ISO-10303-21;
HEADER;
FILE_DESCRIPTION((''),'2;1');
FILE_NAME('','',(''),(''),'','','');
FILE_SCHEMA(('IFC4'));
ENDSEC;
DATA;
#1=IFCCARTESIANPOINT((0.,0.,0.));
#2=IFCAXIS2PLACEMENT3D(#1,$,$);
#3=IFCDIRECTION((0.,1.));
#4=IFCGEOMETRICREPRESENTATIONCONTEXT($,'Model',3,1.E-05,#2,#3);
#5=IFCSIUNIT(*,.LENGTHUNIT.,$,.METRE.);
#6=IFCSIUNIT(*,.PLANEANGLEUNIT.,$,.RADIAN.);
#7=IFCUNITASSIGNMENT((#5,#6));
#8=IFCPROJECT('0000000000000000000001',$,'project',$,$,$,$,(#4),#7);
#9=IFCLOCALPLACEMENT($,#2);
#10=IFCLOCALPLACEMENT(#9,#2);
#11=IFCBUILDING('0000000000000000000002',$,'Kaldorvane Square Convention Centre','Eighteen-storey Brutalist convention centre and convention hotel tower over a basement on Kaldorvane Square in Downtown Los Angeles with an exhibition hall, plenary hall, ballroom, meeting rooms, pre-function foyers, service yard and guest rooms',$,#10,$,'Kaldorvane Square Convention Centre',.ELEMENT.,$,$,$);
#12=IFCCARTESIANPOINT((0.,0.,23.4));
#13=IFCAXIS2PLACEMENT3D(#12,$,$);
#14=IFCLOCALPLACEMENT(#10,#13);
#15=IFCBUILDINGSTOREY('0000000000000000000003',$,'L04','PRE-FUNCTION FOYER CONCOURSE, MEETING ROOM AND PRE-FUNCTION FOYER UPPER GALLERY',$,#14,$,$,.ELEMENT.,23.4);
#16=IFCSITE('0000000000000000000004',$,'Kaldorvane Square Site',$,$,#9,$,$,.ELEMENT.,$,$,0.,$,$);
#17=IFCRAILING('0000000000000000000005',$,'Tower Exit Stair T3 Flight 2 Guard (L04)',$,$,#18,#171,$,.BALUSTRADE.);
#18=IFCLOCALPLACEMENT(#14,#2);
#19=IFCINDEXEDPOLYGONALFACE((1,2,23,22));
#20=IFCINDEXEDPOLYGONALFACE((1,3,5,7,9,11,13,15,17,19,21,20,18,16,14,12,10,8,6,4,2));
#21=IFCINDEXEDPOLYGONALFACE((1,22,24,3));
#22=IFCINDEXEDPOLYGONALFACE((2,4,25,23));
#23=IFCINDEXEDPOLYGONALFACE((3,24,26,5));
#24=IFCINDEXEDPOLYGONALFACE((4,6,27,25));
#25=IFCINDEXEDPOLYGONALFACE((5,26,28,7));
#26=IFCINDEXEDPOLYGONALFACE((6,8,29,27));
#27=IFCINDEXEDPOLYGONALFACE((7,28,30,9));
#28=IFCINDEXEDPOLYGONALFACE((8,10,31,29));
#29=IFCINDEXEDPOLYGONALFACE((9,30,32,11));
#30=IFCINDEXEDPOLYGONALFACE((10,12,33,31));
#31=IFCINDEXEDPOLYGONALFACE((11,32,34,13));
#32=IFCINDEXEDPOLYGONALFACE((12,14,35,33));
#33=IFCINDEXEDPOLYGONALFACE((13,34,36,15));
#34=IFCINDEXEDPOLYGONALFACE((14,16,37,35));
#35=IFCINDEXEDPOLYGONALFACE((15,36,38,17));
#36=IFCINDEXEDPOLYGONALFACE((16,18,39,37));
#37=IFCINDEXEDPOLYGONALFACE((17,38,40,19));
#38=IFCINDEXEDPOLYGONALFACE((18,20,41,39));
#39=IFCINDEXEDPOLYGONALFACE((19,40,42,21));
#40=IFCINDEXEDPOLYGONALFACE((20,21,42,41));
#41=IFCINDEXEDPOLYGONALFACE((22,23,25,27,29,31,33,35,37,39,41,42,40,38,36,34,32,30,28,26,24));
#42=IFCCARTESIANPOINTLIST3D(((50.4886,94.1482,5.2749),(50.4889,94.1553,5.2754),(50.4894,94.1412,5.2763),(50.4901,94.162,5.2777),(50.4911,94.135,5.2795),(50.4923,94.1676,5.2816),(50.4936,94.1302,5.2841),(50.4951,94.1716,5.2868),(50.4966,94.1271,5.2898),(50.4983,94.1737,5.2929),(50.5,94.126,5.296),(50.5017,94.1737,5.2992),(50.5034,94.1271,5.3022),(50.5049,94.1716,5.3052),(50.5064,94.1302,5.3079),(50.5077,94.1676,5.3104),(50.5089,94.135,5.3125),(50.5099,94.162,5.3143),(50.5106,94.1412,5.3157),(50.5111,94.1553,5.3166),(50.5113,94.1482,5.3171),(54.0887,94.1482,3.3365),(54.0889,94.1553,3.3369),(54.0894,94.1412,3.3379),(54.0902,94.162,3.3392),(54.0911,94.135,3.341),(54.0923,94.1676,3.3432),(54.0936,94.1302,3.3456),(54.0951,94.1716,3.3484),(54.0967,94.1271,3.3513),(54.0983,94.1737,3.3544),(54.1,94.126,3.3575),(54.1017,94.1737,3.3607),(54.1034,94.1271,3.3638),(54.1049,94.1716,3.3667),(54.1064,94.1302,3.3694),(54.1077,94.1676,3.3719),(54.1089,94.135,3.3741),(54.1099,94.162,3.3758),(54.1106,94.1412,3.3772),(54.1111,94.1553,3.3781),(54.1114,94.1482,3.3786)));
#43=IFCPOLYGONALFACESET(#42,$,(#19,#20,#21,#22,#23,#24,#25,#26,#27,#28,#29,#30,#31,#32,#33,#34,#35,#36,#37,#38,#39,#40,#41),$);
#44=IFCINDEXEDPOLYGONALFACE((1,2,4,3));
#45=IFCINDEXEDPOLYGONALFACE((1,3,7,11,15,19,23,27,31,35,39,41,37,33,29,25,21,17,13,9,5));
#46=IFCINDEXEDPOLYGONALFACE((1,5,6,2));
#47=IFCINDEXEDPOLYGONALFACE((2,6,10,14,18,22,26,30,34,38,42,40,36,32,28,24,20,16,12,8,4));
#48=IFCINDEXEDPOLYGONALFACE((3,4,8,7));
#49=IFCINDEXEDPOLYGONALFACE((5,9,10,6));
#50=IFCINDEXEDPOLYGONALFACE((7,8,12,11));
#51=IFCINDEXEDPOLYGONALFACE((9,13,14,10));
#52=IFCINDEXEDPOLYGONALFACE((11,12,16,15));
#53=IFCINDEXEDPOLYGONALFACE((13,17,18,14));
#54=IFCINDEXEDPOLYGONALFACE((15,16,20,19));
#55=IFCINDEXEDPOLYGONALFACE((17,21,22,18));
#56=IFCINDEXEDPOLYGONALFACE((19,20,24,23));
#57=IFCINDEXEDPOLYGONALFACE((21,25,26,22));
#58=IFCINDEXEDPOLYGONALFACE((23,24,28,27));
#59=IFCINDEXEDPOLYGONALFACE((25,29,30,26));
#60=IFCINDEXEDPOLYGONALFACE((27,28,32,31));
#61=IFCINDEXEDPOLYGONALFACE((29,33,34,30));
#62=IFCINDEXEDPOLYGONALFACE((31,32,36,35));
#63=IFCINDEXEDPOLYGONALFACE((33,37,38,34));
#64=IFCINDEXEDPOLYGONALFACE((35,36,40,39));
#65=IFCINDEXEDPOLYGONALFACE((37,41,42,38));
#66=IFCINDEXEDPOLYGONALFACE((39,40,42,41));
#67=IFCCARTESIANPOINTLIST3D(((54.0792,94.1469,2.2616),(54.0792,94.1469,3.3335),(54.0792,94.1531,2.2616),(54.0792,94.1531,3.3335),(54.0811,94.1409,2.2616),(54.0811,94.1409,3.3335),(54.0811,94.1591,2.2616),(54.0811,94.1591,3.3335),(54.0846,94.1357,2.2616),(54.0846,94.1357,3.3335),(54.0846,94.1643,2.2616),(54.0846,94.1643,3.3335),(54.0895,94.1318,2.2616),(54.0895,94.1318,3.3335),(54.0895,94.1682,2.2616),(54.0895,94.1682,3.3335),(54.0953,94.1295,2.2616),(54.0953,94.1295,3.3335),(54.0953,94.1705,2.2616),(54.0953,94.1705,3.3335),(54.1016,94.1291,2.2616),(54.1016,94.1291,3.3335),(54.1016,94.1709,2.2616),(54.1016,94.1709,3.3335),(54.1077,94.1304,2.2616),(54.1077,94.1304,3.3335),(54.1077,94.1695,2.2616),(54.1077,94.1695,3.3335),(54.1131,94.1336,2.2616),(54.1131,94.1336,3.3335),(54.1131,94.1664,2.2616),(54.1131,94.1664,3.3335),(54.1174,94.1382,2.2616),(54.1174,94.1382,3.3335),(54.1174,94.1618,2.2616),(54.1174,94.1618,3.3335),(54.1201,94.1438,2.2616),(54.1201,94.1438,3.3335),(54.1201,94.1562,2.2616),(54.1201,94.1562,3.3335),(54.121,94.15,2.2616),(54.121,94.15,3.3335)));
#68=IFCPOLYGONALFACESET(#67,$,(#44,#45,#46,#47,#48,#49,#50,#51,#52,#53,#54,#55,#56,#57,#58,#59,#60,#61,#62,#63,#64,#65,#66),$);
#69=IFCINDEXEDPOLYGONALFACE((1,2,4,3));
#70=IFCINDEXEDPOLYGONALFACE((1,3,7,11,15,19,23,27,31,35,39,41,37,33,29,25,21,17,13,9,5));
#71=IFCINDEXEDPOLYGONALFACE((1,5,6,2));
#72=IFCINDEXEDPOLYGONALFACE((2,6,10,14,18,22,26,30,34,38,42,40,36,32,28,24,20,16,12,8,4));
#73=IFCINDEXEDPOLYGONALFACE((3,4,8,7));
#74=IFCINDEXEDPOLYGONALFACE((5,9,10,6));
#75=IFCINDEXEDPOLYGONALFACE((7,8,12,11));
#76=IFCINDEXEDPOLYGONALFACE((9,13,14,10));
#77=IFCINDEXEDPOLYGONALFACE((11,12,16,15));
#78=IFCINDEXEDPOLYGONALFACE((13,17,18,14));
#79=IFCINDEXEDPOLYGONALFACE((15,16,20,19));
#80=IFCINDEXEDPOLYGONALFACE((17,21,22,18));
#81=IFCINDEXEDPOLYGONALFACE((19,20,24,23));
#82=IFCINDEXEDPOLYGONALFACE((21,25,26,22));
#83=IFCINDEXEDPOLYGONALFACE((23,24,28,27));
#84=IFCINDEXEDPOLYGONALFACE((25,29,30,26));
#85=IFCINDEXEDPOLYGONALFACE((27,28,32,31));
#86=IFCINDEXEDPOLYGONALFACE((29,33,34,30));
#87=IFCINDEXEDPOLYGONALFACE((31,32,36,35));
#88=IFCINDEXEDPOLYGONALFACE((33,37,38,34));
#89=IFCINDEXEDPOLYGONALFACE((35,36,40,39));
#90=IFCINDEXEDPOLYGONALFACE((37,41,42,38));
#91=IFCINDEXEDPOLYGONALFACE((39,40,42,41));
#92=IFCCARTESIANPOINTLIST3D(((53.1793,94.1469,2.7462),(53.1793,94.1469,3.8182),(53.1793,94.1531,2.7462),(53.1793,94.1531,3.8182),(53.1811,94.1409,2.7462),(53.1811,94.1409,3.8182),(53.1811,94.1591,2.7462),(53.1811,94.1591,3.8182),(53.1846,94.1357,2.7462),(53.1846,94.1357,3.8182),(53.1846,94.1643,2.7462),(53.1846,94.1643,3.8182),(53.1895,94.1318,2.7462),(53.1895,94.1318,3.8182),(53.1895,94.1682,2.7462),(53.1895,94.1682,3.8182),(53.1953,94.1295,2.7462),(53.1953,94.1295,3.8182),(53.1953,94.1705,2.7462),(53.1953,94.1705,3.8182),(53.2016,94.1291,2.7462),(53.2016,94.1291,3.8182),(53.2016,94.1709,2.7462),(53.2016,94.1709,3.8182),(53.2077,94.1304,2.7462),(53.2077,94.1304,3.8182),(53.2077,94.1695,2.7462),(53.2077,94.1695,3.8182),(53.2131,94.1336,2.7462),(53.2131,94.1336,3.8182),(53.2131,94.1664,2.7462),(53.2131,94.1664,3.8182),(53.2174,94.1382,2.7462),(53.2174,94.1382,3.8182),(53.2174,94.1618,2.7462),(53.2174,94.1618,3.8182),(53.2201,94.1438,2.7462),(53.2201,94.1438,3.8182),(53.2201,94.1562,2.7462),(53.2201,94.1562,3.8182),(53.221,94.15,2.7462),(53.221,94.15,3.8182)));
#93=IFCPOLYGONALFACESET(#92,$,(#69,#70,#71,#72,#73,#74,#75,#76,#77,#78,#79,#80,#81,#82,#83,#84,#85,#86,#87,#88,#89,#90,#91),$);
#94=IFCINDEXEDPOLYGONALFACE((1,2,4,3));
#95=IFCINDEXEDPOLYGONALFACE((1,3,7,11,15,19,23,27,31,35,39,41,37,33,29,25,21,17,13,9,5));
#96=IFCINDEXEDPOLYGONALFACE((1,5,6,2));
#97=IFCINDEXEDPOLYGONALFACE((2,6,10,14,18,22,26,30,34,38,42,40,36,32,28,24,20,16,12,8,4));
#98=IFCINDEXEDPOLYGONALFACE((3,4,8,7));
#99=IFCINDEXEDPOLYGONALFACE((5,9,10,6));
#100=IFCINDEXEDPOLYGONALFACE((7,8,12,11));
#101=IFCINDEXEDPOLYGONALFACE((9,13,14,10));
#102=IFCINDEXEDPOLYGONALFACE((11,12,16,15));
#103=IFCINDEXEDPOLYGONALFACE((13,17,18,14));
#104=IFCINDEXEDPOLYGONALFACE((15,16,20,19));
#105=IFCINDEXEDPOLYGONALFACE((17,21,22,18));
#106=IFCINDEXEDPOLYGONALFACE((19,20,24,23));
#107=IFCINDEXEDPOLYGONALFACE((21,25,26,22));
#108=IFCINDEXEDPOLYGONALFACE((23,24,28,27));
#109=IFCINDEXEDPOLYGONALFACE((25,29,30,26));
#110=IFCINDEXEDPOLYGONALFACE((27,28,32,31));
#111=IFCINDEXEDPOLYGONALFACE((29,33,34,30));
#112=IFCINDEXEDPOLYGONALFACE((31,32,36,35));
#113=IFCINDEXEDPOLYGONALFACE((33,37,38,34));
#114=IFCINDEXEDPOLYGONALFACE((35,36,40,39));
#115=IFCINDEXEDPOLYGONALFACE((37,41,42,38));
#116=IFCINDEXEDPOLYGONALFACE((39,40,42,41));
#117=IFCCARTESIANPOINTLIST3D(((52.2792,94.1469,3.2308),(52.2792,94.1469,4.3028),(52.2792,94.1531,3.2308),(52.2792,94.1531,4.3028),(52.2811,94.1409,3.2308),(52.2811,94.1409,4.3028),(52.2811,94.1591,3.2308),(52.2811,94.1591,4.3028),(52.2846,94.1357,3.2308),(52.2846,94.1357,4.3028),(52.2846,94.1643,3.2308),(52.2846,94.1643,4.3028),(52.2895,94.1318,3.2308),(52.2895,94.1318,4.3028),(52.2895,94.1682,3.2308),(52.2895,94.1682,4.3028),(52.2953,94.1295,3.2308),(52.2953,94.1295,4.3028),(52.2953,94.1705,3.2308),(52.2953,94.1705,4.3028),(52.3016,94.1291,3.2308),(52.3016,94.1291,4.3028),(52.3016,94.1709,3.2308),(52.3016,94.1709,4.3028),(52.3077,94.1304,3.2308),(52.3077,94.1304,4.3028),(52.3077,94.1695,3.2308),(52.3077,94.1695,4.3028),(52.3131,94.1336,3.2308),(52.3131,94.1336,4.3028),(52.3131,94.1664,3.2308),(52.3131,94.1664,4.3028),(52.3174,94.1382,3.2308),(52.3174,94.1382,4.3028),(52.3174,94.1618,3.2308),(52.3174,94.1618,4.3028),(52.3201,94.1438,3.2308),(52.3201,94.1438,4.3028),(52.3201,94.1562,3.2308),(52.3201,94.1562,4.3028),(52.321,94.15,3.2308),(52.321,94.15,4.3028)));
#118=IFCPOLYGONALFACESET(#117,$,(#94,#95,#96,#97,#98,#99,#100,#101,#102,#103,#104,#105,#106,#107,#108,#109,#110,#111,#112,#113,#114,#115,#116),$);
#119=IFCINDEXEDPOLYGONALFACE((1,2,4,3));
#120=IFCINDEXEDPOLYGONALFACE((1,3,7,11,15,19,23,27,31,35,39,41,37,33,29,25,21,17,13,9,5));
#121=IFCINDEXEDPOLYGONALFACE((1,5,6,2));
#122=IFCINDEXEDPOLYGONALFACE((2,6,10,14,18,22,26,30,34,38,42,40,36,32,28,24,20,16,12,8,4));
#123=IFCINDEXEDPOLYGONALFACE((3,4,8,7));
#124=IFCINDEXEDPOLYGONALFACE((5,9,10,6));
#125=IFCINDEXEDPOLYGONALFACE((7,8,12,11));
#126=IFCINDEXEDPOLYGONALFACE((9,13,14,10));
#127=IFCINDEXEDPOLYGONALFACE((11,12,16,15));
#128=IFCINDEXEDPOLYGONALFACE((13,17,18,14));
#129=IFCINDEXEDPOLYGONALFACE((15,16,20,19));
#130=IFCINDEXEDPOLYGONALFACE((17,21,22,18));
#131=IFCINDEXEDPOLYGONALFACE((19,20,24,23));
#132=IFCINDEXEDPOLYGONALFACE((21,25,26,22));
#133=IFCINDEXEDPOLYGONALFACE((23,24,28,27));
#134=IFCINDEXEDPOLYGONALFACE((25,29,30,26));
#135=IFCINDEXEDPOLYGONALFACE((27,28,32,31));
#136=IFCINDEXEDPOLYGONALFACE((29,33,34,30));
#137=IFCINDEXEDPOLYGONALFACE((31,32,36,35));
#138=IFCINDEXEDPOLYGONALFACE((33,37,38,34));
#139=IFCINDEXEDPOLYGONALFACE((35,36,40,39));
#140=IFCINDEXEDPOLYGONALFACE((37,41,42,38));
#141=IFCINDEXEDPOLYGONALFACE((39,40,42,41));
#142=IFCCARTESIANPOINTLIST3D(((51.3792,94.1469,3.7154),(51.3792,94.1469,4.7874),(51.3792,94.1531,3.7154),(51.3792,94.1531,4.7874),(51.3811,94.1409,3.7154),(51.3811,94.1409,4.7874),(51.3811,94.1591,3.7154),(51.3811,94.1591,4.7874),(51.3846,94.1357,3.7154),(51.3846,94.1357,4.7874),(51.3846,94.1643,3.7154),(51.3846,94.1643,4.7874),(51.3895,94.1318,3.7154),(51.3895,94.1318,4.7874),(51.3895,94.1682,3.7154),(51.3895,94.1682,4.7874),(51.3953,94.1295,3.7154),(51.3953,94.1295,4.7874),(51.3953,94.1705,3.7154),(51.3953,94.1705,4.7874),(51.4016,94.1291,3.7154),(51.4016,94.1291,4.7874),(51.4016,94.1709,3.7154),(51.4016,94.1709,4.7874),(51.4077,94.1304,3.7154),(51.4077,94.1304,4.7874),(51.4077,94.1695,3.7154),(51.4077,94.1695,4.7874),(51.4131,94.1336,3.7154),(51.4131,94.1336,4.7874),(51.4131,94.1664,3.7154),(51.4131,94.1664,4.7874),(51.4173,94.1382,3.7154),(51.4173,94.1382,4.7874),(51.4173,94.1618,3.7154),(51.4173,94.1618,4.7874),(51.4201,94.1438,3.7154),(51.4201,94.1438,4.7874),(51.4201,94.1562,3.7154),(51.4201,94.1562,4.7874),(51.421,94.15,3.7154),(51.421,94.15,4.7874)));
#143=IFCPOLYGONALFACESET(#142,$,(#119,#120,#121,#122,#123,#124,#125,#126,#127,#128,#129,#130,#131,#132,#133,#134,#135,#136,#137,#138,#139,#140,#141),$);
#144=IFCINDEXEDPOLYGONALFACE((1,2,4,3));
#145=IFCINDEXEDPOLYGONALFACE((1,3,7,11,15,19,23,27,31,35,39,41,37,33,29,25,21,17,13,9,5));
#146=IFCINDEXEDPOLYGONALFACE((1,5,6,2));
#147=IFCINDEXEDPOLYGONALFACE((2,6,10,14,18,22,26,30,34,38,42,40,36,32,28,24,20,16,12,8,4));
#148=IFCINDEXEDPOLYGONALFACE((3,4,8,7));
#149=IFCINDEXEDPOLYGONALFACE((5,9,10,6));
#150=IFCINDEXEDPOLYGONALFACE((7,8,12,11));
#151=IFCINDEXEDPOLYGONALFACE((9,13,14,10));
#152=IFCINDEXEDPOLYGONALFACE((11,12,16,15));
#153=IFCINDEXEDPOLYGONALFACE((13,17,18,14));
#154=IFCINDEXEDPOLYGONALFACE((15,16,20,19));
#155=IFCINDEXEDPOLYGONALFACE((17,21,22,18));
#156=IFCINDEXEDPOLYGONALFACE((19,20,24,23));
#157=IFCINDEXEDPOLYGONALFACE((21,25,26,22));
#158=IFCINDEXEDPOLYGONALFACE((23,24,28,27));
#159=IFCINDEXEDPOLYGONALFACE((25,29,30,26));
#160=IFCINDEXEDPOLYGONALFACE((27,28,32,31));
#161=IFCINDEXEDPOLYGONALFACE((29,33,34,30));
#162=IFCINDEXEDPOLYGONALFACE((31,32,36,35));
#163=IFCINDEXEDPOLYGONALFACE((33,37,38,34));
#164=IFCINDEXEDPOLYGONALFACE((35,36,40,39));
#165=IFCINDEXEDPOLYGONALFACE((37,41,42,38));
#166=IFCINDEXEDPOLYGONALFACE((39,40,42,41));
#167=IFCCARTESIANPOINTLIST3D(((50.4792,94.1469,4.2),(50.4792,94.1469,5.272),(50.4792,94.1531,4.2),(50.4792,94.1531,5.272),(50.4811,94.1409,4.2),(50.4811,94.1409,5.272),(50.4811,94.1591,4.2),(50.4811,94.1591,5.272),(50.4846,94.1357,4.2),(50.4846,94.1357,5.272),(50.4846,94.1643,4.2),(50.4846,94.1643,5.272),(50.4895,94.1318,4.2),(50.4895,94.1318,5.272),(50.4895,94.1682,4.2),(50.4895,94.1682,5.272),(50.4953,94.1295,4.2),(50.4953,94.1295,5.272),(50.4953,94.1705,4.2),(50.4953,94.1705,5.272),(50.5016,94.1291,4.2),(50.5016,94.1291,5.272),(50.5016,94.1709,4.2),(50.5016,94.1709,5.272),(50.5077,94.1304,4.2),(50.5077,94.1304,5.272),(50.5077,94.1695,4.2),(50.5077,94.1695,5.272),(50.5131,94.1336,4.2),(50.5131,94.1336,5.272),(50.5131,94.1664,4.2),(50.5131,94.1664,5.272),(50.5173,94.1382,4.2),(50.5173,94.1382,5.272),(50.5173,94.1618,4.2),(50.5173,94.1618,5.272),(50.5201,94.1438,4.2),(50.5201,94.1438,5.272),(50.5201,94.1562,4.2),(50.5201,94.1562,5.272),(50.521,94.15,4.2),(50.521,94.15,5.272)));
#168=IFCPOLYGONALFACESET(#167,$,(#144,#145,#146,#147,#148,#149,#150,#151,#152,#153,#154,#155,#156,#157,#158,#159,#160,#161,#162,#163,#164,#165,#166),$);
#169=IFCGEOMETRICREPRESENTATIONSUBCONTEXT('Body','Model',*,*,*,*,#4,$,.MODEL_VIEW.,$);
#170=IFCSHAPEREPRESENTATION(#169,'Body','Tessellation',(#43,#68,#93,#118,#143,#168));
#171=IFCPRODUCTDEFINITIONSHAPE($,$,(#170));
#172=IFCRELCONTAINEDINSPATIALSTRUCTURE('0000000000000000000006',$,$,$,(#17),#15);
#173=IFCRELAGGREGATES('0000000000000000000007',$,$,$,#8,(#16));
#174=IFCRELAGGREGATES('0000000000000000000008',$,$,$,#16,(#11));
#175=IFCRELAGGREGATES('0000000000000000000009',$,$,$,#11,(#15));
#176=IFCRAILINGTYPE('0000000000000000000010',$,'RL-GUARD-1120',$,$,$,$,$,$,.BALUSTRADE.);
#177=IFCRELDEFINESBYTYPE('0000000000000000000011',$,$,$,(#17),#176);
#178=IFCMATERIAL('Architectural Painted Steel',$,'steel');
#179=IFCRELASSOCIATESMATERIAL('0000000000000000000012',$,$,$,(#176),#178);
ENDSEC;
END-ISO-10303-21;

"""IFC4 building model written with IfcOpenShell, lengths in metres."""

from ifc_helpers import new_model, si_unit, direction, frame, origin, origin_2d, place, context, subcontext, project, spatial, circle, extrude, material, type_object, element, save


model = new_model("IFC4")

# Units and contexts
model_context = context("Model", 3, precision=1e-05, world=origin(), true_north=direction((0.0, 1.0)))
body_context = subcontext(model_context, "Body", "Model", "MODEL_VIEW")
ifc_project = project(units=[si_unit("LENGTHUNIT", "METRE"), si_unit("PLANEANGLEUNIT", "RADIAN")], contexts=[model_context])

# Site, building, storey
site_placement = place(None, origin())
site = spatial("IfcSite", under=ifc_project, at=site_placement, Name="Kaldorvane Square Site", CompositionType="ELEMENT", RefElevation=0.0)
building_placement = place(site_placement, origin())
building = spatial("IfcBuilding", under=site, at=building_placement, Name="Kaldorvane Square Convention Centre", Description="Eighteen-storey Brutalist convention centre and convention hotel tower over a basement on Kaldorvane Square in Downtown Los Angeles with an exhibition hall, plenary hall, ballroom, meeting rooms, pre-function foyers, service yard and guest rooms", LongName="Kaldorvane Square Convention Centre", CompositionType="ELEMENT")
storey_placement = place(building_placement, frame((0.0, 0.0, 23.4)))
storey = spatial("IfcBuildingStorey", under=building, at=storey_placement, Name="L04", Description="PRE-FUNCTION FOYER CONCOURSE, MEETING ROOM AND PRE-FUNCTION FOYER UPPER GALLERY", CompositionType="ELEMENT", Elevation=23.4)

# Railing
ifc_material_1 = material(Name="Architectural Painted Steel", Category="steel")
railing_type_1 = type_object("IfcRailingType", Name="RL-GUARD-1120", PredefinedType="BALUSTRADE", material=ifc_material_1)
railing_1_placement = place(storey_placement, frame((54.1, 94.15, 2.2616)))
element("IfcRailing", 1, at=railing_1_placement, inside=storey, type_object=railing_type_1, Name="Tower Exit Stair T3 Flight 2 Guard (L04)", PredefinedType="BALUSTRADE", context=body_context, shape_type="SweptSolid", body=[
    extrude(circle(Radius=0.024, at=origin_2d()), frame((0.0, 0.0, 1.096), z_axis=(-0.880471, 0.0, 0.474099), x_axis=(0.0, -1.0, 0.0)), (0.0, 0.0, 1.0), 4.0887),
    extrude(circle(Radius=0.021, at=origin_2d()), origin(), (0.0, 0.0, 1.0), 1.072),
    extrude(circle(Radius=0.021, at=origin_2d()), frame((-0.9, 0.0, 0.4846)), (0.0, 0.0, 1.0), 1.072),
    extrude(circle(Radius=0.021, at=origin_2d()), frame((-1.8, 0.0, 0.9692)), (0.0, 0.0, 1.0), 1.072),
    extrude(circle(Radius=0.021, at=origin_2d()), frame((-2.7, 0.0, 1.4538)), (0.0, 0.0, 1.0), 1.072),
    extrude(circle(Radius=0.021, at=origin_2d()), frame((-3.6, 0.0, 1.9385)), (0.0, 0.0, 1.0), 1.072),
])

save(model, "model.ifc")
